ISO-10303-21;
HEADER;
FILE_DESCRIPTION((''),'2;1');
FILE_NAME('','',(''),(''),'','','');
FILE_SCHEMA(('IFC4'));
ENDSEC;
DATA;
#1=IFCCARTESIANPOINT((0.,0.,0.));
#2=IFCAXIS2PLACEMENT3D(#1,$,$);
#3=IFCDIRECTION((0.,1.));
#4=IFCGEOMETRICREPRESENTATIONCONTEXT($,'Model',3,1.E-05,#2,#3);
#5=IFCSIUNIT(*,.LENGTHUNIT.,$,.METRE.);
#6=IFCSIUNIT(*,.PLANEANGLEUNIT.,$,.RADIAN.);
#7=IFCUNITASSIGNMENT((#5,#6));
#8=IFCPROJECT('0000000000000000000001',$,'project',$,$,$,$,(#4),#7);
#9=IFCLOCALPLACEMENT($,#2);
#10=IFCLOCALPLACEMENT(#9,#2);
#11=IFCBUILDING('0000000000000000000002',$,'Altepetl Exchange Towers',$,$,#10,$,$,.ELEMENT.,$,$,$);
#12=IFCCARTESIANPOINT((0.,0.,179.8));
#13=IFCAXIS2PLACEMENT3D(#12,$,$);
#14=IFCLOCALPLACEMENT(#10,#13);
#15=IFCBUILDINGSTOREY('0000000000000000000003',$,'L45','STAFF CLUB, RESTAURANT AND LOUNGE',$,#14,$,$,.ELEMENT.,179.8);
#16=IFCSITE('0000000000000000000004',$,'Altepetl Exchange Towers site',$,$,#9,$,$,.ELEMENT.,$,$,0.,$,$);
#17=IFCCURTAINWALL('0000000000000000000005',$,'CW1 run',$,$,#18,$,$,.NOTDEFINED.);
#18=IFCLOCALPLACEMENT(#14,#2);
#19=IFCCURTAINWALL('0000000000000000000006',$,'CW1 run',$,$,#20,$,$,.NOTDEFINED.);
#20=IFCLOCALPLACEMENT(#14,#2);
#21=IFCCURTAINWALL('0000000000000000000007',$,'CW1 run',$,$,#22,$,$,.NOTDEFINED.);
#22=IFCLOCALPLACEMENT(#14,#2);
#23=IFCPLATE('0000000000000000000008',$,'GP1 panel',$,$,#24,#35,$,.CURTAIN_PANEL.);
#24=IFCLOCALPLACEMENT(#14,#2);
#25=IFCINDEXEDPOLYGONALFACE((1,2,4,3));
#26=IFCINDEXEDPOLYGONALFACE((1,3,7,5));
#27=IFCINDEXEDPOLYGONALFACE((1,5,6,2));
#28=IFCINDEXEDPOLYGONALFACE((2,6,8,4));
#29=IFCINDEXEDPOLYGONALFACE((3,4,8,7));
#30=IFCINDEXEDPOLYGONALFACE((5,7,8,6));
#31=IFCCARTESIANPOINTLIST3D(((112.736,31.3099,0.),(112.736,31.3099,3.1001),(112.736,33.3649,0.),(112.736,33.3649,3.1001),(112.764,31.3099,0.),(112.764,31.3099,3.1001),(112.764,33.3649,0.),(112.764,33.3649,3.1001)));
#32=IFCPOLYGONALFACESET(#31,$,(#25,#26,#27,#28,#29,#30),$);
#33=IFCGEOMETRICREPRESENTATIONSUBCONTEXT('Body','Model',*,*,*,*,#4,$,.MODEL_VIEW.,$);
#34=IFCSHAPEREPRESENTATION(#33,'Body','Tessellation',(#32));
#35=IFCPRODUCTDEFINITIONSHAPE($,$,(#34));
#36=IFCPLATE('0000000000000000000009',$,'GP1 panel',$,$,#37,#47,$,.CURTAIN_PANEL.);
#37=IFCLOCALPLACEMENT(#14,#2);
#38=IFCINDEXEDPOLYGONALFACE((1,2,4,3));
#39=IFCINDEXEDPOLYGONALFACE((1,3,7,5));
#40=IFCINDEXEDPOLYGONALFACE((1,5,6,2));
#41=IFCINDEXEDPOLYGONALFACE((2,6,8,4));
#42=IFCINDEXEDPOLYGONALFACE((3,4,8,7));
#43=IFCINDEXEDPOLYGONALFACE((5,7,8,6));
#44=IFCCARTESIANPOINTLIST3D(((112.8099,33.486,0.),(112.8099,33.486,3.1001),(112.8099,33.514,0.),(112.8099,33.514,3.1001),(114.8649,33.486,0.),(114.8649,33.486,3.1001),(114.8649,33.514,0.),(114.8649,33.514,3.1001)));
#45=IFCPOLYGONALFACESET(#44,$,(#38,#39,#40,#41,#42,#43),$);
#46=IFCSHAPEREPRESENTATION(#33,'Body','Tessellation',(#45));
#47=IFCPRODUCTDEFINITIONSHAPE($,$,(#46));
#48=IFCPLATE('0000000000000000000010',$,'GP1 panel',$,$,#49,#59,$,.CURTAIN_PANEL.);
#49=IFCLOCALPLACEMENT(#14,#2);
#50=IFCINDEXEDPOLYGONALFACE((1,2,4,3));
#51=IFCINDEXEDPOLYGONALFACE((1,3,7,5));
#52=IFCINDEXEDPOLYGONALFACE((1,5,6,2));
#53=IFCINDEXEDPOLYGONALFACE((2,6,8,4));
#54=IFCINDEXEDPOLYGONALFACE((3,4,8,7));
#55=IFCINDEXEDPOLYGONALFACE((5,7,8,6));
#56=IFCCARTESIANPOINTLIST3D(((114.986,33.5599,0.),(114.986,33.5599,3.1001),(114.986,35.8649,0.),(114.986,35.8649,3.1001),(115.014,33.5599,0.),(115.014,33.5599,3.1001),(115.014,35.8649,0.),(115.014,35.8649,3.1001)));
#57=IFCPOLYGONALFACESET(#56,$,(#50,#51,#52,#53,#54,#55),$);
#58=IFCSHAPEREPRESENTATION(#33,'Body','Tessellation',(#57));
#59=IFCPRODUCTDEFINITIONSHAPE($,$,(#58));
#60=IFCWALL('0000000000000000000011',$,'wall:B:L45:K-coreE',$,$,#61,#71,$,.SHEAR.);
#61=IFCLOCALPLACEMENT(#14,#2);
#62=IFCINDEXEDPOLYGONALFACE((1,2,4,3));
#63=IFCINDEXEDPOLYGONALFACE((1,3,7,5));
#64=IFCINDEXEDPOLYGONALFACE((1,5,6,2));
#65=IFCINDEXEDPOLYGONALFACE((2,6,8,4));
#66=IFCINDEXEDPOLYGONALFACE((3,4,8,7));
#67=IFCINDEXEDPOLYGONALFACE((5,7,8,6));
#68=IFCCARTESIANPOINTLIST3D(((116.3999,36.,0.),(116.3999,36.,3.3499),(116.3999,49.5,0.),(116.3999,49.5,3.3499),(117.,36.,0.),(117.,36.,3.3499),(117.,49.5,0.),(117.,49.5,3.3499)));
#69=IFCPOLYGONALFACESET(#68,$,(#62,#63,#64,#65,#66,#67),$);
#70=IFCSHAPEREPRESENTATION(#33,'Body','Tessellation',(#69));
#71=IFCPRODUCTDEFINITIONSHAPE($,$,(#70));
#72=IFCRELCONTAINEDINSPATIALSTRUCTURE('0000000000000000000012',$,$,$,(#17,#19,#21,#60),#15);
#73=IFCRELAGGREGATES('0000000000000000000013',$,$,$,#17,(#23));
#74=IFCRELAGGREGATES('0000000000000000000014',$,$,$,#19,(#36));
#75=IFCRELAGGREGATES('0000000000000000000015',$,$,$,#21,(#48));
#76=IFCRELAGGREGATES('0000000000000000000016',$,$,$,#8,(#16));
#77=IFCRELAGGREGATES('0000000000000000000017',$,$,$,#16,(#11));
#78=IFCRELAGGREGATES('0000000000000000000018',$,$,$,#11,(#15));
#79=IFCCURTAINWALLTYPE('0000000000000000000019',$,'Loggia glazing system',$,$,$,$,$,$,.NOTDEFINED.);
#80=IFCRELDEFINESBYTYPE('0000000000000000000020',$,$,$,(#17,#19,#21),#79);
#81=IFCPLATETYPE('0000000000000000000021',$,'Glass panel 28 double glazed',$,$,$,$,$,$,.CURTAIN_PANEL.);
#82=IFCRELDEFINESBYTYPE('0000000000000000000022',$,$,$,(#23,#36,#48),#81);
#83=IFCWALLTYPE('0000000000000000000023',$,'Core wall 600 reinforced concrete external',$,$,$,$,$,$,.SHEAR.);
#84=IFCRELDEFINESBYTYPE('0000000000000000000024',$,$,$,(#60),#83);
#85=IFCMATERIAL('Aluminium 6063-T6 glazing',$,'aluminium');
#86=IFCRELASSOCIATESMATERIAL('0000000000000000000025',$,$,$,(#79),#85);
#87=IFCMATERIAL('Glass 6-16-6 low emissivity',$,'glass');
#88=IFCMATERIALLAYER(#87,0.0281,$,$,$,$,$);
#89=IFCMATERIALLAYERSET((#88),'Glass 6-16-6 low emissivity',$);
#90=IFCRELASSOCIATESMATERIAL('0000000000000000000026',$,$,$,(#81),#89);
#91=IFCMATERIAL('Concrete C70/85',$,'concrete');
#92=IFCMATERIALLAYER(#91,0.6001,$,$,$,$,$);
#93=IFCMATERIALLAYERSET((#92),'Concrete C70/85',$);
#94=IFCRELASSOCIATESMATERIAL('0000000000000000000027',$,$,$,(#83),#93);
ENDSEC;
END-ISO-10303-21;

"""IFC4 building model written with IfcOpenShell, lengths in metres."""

from ifc_helpers import new_model, si_unit, direction, frame, frame_2d, origin, origin_2d, place, context, subcontext, project, spatial, rectangle, extrude, material, layer, layer_set, type_object, element, aggregate, save


model = new_model("IFC4")

# Units and contexts
model_context = context("Model", 3, precision=1e-05, world=origin(), true_north=direction((0.0, 1.0)))
body_context = subcontext(model_context, "Body", "Model", "MODEL_VIEW")
ifc_project = project(units=[si_unit("LENGTHUNIT", "METRE"), si_unit("PLANEANGLEUNIT", "RADIAN")], contexts=[model_context])

# Site, building, storey
site_placement = place(None, origin())
site = spatial("IfcSite", under=ifc_project, at=site_placement, Name="Altepetl Exchange Towers site", CompositionType="ELEMENT", RefElevation=0.0)
building_placement = place(site_placement, origin())
building = spatial("IfcBuilding", under=site, at=building_placement, Name="Altepetl Exchange Towers", CompositionType="ELEMENT")
storey_placement = place(building_placement, frame((0.0, 0.0, 179.8)))
storey = spatial("IfcBuildingStorey", under=building, at=storey_placement, Name="L45", Description="STAFF CLUB, RESTAURANT AND LOUNGE", CompositionType="ELEMENT", Elevation=179.8)

# Shared definitions
ifc_material_1 = material(Name="Aluminium 6063-T6 glazing", Category="aluminium")
curtain_wall_type = type_object("IfcCurtainWallType", Name="Loggia glazing system", PredefinedType="NOTDEFINED", material=ifc_material_1)

# Curtain walls
curtain_wall_1_placement = place(storey_placement, origin())
curtain_wall_1 = element("IfcCurtainWall", 1, at=curtain_wall_1_placement, inside=storey, type_object=curtain_wall_type, Name="CW1 run", PredefinedType="NOTDEFINED")
curtain_wall_2_placement = place(storey_placement, origin())
curtain_wall_2 = element("IfcCurtainWall", 2, at=curtain_wall_2_placement, inside=storey, type_object=curtain_wall_type, Name="CW1 run", PredefinedType="NOTDEFINED")
curtain_wall_3_placement = place(storey_placement, origin())
curtain_wall_3 = element("IfcCurtainWall", 3, at=curtain_wall_3_placement, inside=storey, type_object=curtain_wall_type, Name="CW1 run", PredefinedType="NOTDEFINED")

# Plates
ifc_material_2 = material(Name="Glass 6-16-6 low emissivity", Category="glass")
ifc_layer_1 = layer(ifc_material_2, 0.0281)
ifc_layer_set_1 = layer_set([ifc_layer_1], Name="Glass 6-16-6 low emissivity")
plate_type = type_object("IfcPlateType", Name="Glass panel 28 double glazed", PredefinedType="CURTAIN_PANEL", material=ifc_layer_set_1)
plate_1_placement = place(storey_placement, frame((112.75, 32.3374, 0.0), z_axis=(0.0, 0.0, 1.0), x_axis=(0.0, 1.0, 0.0)))
plate_1 = element("IfcPlate", 4, at=plate_1_placement, type_object=plate_type, Name="GP1 panel", PredefinedType="CURTAIN_PANEL", context=body_context, shape_type="SweptSolid", body=[
    extrude(rectangle(XDim=2.0549, YDim=0.0281, at=origin_2d()), origin(), (0.0, 0.0, 1.0), 3.1001),
])
aggregate(curtain_wall_1, [plate_1])
plate_2_placement = place(storey_placement, frame((113.8374, 33.5, 0.0)))
plate_2 = element("IfcPlate", 5, at=plate_2_placement, type_object=plate_type, Name="GP1 panel", PredefinedType="CURTAIN_PANEL", context=body_context, shape_type="SweptSolid", body=[
    extrude(rectangle(XDim=2.0549, YDim=0.0281, at=origin_2d()), origin(), (0.0, 0.0, 1.0), 3.1001),
])
aggregate(curtain_wall_2, [plate_2])
plate_3_placement = place(storey_placement, frame((115.0, 34.7124, 0.0), z_axis=(0.0, 0.0, 1.0), x_axis=(0.0, 1.0, 0.0)))
plate_3 = element("IfcPlate", 6, at=plate_3_placement, type_object=plate_type, Name="GP1 panel", PredefinedType="CURTAIN_PANEL", context=body_context, shape_type="SweptSolid", body=[
    extrude(rectangle(XDim=2.3049, YDim=0.0281, at=origin_2d()), origin(), (0.0, 0.0, 1.0), 3.1001),
])
aggregate(curtain_wall_3, [plate_3])

# Wall
ifc_material_3 = material(Name="Concrete C70/85", Category="concrete")
ifc_layer_2 = layer(ifc_material_3, 0.6001)
ifc_layer_set_2 = layer_set([ifc_layer_2], Name="Concrete C70/85")
wall_type = type_object("IfcWallType", Name="Core wall 600 reinforced concrete external", PredefinedType="SHEAR", material=ifc_layer_set_2)
wall_placement = place(storey_placement, frame((116.7, 36.0, 0.0), z_axis=(0.0, 0.0, 1.0), x_axis=(0.0, 1.0, 0.0)))
element("IfcWall", 7, at=wall_placement, inside=storey, type_object=wall_type, Name="wall:B:L45:K-coreE", PredefinedType="SHEAR", context=body_context, shape_type="SweptSolid", body=[
    extrude(rectangle(XDim=13.5, YDim=0.6001, at=frame_2d((6.75, 0.0))), origin(), (0.0, 0.0, 1.0), 3.3499),
])

save(model, "model.ifc")
